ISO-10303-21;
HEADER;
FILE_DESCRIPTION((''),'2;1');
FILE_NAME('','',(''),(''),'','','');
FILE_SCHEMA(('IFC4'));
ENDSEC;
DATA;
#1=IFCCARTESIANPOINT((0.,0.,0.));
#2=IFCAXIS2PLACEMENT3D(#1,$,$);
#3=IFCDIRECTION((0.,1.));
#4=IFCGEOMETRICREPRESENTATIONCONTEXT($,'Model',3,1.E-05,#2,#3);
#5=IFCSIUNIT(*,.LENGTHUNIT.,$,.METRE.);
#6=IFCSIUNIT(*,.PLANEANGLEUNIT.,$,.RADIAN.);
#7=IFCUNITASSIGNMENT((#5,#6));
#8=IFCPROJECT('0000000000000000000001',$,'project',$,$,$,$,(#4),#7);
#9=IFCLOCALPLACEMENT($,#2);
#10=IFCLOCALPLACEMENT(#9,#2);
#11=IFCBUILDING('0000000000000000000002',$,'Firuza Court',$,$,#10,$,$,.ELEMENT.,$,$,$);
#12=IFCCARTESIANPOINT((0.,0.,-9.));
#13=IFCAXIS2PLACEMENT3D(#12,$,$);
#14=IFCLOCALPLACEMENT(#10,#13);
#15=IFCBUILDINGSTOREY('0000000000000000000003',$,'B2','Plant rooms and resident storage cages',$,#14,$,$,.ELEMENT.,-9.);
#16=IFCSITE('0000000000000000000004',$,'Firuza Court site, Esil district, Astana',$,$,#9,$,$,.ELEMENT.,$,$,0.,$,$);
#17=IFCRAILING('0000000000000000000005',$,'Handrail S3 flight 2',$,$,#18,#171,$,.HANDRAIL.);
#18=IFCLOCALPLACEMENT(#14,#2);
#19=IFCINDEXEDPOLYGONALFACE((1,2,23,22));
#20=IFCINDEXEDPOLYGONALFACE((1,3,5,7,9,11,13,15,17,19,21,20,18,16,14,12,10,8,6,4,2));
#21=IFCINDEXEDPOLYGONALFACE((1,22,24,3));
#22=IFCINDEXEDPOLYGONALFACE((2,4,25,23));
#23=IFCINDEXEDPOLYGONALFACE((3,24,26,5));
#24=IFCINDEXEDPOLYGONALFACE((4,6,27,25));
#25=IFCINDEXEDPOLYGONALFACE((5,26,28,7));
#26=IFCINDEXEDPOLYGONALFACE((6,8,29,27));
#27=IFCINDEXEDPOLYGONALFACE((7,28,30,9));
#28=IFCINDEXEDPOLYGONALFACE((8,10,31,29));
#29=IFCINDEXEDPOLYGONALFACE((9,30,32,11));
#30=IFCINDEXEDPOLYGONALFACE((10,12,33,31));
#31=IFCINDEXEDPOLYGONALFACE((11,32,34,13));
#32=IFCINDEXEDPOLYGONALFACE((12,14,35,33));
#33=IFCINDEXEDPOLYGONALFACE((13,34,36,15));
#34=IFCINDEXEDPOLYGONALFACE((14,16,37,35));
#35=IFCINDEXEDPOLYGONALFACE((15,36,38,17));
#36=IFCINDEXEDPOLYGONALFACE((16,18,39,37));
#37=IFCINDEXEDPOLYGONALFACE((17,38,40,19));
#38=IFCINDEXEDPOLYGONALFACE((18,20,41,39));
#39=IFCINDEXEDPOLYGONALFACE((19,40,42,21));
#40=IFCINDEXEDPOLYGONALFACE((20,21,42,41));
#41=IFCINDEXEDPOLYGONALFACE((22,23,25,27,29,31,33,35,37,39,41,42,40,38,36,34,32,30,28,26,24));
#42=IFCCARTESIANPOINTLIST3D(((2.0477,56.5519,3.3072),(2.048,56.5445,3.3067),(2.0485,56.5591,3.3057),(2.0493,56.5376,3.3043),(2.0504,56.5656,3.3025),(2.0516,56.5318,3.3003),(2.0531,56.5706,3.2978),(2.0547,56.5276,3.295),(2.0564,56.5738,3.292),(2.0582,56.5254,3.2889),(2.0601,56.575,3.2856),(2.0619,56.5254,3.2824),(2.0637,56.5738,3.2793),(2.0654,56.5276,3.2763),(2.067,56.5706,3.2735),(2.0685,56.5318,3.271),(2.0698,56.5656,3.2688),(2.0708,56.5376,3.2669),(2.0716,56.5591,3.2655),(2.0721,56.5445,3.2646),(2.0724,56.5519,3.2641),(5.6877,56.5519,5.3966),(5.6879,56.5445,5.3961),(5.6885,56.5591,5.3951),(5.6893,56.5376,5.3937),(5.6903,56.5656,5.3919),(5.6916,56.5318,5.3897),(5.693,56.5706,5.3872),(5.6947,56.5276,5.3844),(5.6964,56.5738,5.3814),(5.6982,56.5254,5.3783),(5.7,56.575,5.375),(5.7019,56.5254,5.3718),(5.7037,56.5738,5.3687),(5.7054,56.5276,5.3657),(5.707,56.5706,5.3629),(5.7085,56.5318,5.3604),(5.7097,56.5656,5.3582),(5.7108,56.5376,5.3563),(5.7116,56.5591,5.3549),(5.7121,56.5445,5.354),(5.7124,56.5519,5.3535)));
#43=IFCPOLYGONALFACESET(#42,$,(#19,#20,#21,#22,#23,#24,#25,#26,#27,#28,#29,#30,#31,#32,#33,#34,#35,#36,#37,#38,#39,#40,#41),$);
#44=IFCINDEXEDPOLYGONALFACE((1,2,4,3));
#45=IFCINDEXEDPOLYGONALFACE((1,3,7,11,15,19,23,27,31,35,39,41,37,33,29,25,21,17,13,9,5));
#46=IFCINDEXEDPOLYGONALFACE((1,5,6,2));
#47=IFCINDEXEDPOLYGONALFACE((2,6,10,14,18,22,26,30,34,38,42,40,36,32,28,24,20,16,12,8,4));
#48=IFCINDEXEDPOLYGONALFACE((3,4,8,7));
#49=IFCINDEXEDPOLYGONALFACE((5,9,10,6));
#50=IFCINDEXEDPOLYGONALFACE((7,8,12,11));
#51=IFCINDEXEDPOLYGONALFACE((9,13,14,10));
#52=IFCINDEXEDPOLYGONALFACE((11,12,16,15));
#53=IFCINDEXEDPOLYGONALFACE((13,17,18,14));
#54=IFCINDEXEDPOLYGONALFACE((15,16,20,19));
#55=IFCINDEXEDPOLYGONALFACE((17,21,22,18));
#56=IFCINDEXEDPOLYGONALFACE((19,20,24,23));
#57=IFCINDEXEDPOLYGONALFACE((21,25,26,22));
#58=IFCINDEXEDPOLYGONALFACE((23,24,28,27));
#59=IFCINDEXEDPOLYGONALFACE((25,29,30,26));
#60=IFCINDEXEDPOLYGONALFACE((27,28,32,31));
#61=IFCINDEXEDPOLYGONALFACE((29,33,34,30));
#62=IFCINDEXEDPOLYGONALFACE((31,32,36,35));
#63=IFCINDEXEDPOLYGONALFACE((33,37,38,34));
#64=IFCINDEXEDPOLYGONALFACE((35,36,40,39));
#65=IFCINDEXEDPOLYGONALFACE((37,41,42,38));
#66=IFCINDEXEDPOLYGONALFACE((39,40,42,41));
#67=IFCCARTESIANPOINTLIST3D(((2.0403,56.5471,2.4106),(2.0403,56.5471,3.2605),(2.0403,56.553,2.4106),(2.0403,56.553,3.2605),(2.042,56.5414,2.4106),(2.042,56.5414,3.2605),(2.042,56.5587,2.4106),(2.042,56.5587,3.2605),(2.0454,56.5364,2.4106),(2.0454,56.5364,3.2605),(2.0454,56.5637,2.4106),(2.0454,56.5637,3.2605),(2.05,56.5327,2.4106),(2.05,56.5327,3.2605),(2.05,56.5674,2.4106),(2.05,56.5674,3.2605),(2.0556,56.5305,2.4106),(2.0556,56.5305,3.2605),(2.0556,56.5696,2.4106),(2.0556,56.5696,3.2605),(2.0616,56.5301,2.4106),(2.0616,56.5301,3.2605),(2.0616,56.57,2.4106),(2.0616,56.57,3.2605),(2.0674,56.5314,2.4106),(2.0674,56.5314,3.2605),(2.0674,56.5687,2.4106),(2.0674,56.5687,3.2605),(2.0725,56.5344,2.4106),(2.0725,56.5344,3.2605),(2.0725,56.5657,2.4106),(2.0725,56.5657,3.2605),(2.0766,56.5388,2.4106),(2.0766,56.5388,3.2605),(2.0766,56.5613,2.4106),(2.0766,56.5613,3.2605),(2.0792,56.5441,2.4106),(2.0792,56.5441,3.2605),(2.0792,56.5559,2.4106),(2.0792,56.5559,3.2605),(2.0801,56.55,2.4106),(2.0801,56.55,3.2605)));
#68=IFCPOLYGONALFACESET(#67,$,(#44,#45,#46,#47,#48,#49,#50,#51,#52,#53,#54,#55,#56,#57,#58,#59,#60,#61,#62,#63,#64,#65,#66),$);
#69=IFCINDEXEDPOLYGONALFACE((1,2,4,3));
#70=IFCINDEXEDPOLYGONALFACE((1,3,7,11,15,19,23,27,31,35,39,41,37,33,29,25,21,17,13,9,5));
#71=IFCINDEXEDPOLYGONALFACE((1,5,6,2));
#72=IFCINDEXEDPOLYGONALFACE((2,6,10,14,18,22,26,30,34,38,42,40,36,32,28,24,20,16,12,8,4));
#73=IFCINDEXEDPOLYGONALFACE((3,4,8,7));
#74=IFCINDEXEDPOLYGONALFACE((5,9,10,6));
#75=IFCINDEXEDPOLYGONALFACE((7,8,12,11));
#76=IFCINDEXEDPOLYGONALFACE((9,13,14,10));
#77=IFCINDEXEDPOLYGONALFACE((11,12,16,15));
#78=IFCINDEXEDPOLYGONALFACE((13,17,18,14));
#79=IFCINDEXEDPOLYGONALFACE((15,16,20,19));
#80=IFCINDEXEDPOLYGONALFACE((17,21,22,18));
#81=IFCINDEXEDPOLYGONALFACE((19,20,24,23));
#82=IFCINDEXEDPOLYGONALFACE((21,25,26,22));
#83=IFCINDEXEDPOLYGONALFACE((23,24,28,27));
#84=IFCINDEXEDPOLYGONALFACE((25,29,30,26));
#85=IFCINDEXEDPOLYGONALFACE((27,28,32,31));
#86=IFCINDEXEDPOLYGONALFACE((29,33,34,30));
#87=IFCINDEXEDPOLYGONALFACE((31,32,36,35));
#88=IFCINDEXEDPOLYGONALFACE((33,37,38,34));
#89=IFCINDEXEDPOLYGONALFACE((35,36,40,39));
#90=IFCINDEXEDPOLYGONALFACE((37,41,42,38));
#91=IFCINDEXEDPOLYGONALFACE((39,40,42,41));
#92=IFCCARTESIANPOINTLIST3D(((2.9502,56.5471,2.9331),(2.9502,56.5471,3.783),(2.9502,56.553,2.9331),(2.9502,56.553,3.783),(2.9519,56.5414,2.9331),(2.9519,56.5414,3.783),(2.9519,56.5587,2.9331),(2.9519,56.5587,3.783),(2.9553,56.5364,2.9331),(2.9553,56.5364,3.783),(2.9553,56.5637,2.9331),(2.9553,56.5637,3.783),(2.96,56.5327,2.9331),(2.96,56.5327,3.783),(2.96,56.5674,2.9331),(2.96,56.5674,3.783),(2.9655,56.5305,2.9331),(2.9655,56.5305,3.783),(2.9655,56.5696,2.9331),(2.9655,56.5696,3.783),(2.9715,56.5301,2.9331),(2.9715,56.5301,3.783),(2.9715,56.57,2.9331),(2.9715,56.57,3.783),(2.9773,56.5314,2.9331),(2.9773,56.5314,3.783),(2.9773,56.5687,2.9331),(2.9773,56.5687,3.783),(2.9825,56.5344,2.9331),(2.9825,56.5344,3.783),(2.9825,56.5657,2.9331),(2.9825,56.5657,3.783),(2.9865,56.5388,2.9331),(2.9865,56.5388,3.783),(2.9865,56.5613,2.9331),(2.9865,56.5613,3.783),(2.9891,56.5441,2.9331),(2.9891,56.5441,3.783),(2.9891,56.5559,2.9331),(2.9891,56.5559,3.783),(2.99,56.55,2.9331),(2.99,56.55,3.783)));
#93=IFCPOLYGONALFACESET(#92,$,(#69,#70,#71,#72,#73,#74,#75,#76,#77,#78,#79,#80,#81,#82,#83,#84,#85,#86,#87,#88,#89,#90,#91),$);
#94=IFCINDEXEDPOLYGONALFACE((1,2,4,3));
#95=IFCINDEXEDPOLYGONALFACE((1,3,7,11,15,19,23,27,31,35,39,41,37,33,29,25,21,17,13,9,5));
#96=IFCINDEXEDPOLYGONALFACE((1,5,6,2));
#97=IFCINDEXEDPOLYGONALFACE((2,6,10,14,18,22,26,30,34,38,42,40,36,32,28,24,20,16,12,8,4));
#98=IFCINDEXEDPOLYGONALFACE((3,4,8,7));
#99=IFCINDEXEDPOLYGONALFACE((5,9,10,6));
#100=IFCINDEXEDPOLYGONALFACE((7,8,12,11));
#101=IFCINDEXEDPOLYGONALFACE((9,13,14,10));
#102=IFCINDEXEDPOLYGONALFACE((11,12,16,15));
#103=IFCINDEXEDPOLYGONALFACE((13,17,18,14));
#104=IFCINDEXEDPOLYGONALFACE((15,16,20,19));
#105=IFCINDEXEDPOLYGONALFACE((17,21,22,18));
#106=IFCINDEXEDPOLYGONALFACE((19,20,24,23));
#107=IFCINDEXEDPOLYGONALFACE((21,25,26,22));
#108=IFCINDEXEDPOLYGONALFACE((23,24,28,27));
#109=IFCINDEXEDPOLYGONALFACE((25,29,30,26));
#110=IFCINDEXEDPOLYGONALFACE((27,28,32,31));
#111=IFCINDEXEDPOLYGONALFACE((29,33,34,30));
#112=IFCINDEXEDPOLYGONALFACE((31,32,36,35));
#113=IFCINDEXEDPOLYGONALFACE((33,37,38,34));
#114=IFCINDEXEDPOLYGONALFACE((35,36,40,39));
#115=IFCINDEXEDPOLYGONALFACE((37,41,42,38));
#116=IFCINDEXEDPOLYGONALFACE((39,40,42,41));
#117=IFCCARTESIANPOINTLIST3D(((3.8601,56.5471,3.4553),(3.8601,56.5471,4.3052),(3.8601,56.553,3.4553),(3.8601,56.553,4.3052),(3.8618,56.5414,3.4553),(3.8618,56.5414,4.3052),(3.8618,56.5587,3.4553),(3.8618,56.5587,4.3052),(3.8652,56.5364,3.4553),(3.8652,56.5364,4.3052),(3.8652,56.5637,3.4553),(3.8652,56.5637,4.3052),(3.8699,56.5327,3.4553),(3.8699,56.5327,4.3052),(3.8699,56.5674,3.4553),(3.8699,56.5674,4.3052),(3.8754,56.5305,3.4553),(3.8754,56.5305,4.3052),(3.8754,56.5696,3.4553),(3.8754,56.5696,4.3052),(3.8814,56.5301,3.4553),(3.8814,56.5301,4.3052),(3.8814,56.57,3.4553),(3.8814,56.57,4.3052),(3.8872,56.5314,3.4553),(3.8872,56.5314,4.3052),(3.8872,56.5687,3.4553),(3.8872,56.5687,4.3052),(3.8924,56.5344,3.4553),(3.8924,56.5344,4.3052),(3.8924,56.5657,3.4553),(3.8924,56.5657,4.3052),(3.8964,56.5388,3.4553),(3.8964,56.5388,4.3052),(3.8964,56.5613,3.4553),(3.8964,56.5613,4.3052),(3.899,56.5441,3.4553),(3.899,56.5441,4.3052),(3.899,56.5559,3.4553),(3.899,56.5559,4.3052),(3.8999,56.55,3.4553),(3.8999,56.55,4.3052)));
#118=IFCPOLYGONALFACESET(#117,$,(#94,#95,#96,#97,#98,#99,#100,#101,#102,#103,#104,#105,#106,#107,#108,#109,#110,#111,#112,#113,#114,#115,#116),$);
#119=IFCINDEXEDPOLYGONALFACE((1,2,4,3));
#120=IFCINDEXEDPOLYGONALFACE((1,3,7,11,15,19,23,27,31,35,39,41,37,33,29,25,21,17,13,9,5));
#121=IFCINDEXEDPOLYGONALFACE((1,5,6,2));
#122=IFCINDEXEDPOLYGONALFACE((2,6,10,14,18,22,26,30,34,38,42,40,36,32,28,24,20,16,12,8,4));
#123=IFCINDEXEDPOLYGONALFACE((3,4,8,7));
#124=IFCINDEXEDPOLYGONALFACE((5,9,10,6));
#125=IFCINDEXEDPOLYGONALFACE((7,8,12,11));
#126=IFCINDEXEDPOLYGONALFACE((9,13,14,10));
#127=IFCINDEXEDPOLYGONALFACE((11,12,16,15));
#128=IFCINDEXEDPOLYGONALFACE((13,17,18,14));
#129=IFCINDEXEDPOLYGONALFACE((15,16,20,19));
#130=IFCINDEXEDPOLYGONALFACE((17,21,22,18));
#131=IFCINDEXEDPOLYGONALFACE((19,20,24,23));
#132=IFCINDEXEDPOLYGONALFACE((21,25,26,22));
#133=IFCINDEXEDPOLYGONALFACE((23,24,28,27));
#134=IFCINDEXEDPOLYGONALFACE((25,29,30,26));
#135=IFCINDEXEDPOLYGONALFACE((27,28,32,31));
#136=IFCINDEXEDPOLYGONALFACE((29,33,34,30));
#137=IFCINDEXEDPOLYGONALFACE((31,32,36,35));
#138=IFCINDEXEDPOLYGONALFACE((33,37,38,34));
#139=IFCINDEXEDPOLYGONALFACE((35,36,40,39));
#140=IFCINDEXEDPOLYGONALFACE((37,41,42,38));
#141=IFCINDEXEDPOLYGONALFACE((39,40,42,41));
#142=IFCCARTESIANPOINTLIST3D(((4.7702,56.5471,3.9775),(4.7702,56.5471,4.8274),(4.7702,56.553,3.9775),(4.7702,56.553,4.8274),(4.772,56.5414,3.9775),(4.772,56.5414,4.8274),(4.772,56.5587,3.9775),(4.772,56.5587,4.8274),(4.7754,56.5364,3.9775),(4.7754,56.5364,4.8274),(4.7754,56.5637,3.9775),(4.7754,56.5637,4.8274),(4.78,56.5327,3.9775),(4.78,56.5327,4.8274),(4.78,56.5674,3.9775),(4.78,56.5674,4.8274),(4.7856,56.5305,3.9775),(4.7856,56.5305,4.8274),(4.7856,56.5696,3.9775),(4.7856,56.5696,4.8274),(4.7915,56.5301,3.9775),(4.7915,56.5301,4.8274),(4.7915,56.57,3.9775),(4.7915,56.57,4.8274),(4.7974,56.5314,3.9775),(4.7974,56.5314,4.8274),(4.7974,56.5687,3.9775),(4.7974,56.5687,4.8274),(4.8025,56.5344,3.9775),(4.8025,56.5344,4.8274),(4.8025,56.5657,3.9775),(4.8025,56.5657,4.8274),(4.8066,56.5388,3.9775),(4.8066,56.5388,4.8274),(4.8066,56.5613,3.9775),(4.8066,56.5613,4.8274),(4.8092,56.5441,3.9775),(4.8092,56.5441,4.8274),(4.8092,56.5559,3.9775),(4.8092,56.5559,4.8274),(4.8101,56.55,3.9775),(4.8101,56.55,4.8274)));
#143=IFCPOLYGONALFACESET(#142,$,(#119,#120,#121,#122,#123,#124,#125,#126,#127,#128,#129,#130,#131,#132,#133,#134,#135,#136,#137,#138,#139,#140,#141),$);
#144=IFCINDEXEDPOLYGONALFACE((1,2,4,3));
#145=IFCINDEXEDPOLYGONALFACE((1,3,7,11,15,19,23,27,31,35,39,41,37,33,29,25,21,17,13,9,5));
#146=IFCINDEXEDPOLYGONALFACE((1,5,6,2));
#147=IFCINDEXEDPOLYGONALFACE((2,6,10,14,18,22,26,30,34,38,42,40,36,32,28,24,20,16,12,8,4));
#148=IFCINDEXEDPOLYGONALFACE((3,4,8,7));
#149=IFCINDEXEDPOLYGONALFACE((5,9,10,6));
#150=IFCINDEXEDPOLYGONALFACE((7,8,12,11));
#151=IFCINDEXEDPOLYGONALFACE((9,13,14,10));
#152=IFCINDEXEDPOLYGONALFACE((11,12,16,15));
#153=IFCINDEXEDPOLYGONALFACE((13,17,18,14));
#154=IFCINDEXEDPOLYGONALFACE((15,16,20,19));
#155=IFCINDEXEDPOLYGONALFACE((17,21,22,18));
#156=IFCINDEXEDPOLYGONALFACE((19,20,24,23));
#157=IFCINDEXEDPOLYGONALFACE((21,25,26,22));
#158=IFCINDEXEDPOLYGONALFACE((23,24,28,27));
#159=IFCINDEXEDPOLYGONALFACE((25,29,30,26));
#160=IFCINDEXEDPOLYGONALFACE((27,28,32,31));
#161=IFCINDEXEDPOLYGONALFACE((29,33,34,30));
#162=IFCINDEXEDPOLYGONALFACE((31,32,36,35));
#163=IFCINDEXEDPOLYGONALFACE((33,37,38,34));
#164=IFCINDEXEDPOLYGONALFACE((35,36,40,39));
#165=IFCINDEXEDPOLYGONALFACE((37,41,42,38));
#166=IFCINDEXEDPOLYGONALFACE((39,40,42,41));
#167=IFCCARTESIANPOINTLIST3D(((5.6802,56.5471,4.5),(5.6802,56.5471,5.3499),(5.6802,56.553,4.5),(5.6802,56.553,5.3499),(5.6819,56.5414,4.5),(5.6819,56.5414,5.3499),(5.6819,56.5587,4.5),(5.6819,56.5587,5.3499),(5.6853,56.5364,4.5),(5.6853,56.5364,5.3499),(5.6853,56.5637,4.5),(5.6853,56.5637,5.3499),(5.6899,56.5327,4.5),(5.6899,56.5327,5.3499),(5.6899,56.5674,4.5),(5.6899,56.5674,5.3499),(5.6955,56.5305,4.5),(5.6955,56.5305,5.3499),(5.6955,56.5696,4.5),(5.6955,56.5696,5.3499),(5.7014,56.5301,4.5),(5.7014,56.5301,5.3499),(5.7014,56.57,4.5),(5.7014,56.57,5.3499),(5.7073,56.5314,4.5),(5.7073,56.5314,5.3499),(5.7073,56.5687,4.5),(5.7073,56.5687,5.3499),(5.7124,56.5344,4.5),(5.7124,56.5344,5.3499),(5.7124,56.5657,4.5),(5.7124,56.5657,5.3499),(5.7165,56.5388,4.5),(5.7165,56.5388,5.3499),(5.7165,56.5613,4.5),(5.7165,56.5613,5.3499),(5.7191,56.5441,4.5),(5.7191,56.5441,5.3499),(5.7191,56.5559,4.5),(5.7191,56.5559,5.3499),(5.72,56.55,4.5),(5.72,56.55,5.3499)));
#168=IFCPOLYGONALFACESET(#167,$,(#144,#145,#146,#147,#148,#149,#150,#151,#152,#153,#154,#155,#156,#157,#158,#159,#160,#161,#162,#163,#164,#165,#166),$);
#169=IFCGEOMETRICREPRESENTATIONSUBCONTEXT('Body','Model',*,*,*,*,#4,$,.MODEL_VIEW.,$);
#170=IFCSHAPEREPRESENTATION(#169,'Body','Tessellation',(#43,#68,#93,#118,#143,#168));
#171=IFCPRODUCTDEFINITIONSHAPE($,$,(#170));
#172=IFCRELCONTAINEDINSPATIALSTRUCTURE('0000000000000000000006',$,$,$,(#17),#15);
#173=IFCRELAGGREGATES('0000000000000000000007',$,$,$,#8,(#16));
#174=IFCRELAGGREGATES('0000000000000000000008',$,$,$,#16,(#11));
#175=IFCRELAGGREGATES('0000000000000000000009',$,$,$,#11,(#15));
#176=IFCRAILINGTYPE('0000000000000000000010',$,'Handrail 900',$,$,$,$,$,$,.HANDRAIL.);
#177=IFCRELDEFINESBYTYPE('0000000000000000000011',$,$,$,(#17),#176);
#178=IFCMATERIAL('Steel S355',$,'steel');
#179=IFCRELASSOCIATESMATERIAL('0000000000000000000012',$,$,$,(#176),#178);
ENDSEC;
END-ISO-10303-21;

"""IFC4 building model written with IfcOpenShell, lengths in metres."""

from ifc_helpers import new_model, si_unit, direction, frame, origin, origin_2d, place, context, subcontext, project, spatial, circle, extrude, material, type_object, element, save


model = new_model("IFC4")

# Units and contexts
model_context = context("Model", 3, precision=1e-05, world=origin(), true_north=direction((0.0, 1.0)))
body_context = subcontext(model_context, "Body", "Model", "MODEL_VIEW")
ifc_project = project(units=[si_unit("LENGTHUNIT", "METRE"), si_unit("PLANEANGLEUNIT", "RADIAN")], contexts=[model_context])

# Site, building, storey
site_placement = place(None, origin())
site = spatial("IfcSite", under=ifc_project, at=site_placement, Name="Firuza Court site, Esil district, Astana", CompositionType="ELEMENT", RefElevation=0.0)
building_placement = place(site_placement, origin())
building = spatial("IfcBuilding", under=site, at=building_placement, Name="Firuza Court", CompositionType="ELEMENT")
storey_placement = place(building_placement, frame((0.0, 0.0, -9.0)))
storey = spatial("IfcBuildingStorey", under=building, at=storey_placement, Name="B2", Description="Plant rooms and resident storage cages", CompositionType="ELEMENT", Elevation=-9.0)

# Railing
ifc_material_1 = material(Name="Steel S355", Category="steel")
railing_type_1 = type_object("IfcRailingType", Name="Handrail 900", PredefinedType="HANDRAIL", material=ifc_material_1)
railing_1_placement = place(storey_placement, frame((2.0601, 56.55, 2.4106)))
element("IfcRailing", 1, at=railing_1_placement, inside=storey, type_object=railing_type_1, Name="Handrail S3 flight 2", PredefinedType="HANDRAIL", context=body_context, shape_type="SweptSolid", body=[
    extrude(circle(Radius=0.0249, at=origin_2d()), frame((0.0, 0.0, 0.875), z_axis=(0.867275, 0.0, 0.497829), x_axis=(0.0, 1.0, 0.0)), (0.0, 0.0, 1.0), 4.197),
    extrude(circle(Radius=0.02, at=origin_2d()), origin(), (0.0, 0.0, 1.0), 0.8499),
    extrude(circle(Radius=0.02, at=origin_2d()), frame((0.9099, 0.0, 0.5225)), (0.0, 0.0, 1.0), 0.8499),
    extrude(circle(Radius=0.02, at=origin_2d()), frame((1.8198, 0.0, 1.0447)), (0.0, 0.0, 1.0), 0.8499),
    extrude(circle(Radius=0.02, at=origin_2d()), frame((2.73, 0.0, 1.5669)), (0.0, 0.0, 1.0), 0.8499),
    extrude(circle(Radius=0.02, at=origin_2d()), frame((3.6399, 0.0, 2.0894)), (0.0, 0.0, 1.0), 0.8499),
])

save(model, "model.ifc")
